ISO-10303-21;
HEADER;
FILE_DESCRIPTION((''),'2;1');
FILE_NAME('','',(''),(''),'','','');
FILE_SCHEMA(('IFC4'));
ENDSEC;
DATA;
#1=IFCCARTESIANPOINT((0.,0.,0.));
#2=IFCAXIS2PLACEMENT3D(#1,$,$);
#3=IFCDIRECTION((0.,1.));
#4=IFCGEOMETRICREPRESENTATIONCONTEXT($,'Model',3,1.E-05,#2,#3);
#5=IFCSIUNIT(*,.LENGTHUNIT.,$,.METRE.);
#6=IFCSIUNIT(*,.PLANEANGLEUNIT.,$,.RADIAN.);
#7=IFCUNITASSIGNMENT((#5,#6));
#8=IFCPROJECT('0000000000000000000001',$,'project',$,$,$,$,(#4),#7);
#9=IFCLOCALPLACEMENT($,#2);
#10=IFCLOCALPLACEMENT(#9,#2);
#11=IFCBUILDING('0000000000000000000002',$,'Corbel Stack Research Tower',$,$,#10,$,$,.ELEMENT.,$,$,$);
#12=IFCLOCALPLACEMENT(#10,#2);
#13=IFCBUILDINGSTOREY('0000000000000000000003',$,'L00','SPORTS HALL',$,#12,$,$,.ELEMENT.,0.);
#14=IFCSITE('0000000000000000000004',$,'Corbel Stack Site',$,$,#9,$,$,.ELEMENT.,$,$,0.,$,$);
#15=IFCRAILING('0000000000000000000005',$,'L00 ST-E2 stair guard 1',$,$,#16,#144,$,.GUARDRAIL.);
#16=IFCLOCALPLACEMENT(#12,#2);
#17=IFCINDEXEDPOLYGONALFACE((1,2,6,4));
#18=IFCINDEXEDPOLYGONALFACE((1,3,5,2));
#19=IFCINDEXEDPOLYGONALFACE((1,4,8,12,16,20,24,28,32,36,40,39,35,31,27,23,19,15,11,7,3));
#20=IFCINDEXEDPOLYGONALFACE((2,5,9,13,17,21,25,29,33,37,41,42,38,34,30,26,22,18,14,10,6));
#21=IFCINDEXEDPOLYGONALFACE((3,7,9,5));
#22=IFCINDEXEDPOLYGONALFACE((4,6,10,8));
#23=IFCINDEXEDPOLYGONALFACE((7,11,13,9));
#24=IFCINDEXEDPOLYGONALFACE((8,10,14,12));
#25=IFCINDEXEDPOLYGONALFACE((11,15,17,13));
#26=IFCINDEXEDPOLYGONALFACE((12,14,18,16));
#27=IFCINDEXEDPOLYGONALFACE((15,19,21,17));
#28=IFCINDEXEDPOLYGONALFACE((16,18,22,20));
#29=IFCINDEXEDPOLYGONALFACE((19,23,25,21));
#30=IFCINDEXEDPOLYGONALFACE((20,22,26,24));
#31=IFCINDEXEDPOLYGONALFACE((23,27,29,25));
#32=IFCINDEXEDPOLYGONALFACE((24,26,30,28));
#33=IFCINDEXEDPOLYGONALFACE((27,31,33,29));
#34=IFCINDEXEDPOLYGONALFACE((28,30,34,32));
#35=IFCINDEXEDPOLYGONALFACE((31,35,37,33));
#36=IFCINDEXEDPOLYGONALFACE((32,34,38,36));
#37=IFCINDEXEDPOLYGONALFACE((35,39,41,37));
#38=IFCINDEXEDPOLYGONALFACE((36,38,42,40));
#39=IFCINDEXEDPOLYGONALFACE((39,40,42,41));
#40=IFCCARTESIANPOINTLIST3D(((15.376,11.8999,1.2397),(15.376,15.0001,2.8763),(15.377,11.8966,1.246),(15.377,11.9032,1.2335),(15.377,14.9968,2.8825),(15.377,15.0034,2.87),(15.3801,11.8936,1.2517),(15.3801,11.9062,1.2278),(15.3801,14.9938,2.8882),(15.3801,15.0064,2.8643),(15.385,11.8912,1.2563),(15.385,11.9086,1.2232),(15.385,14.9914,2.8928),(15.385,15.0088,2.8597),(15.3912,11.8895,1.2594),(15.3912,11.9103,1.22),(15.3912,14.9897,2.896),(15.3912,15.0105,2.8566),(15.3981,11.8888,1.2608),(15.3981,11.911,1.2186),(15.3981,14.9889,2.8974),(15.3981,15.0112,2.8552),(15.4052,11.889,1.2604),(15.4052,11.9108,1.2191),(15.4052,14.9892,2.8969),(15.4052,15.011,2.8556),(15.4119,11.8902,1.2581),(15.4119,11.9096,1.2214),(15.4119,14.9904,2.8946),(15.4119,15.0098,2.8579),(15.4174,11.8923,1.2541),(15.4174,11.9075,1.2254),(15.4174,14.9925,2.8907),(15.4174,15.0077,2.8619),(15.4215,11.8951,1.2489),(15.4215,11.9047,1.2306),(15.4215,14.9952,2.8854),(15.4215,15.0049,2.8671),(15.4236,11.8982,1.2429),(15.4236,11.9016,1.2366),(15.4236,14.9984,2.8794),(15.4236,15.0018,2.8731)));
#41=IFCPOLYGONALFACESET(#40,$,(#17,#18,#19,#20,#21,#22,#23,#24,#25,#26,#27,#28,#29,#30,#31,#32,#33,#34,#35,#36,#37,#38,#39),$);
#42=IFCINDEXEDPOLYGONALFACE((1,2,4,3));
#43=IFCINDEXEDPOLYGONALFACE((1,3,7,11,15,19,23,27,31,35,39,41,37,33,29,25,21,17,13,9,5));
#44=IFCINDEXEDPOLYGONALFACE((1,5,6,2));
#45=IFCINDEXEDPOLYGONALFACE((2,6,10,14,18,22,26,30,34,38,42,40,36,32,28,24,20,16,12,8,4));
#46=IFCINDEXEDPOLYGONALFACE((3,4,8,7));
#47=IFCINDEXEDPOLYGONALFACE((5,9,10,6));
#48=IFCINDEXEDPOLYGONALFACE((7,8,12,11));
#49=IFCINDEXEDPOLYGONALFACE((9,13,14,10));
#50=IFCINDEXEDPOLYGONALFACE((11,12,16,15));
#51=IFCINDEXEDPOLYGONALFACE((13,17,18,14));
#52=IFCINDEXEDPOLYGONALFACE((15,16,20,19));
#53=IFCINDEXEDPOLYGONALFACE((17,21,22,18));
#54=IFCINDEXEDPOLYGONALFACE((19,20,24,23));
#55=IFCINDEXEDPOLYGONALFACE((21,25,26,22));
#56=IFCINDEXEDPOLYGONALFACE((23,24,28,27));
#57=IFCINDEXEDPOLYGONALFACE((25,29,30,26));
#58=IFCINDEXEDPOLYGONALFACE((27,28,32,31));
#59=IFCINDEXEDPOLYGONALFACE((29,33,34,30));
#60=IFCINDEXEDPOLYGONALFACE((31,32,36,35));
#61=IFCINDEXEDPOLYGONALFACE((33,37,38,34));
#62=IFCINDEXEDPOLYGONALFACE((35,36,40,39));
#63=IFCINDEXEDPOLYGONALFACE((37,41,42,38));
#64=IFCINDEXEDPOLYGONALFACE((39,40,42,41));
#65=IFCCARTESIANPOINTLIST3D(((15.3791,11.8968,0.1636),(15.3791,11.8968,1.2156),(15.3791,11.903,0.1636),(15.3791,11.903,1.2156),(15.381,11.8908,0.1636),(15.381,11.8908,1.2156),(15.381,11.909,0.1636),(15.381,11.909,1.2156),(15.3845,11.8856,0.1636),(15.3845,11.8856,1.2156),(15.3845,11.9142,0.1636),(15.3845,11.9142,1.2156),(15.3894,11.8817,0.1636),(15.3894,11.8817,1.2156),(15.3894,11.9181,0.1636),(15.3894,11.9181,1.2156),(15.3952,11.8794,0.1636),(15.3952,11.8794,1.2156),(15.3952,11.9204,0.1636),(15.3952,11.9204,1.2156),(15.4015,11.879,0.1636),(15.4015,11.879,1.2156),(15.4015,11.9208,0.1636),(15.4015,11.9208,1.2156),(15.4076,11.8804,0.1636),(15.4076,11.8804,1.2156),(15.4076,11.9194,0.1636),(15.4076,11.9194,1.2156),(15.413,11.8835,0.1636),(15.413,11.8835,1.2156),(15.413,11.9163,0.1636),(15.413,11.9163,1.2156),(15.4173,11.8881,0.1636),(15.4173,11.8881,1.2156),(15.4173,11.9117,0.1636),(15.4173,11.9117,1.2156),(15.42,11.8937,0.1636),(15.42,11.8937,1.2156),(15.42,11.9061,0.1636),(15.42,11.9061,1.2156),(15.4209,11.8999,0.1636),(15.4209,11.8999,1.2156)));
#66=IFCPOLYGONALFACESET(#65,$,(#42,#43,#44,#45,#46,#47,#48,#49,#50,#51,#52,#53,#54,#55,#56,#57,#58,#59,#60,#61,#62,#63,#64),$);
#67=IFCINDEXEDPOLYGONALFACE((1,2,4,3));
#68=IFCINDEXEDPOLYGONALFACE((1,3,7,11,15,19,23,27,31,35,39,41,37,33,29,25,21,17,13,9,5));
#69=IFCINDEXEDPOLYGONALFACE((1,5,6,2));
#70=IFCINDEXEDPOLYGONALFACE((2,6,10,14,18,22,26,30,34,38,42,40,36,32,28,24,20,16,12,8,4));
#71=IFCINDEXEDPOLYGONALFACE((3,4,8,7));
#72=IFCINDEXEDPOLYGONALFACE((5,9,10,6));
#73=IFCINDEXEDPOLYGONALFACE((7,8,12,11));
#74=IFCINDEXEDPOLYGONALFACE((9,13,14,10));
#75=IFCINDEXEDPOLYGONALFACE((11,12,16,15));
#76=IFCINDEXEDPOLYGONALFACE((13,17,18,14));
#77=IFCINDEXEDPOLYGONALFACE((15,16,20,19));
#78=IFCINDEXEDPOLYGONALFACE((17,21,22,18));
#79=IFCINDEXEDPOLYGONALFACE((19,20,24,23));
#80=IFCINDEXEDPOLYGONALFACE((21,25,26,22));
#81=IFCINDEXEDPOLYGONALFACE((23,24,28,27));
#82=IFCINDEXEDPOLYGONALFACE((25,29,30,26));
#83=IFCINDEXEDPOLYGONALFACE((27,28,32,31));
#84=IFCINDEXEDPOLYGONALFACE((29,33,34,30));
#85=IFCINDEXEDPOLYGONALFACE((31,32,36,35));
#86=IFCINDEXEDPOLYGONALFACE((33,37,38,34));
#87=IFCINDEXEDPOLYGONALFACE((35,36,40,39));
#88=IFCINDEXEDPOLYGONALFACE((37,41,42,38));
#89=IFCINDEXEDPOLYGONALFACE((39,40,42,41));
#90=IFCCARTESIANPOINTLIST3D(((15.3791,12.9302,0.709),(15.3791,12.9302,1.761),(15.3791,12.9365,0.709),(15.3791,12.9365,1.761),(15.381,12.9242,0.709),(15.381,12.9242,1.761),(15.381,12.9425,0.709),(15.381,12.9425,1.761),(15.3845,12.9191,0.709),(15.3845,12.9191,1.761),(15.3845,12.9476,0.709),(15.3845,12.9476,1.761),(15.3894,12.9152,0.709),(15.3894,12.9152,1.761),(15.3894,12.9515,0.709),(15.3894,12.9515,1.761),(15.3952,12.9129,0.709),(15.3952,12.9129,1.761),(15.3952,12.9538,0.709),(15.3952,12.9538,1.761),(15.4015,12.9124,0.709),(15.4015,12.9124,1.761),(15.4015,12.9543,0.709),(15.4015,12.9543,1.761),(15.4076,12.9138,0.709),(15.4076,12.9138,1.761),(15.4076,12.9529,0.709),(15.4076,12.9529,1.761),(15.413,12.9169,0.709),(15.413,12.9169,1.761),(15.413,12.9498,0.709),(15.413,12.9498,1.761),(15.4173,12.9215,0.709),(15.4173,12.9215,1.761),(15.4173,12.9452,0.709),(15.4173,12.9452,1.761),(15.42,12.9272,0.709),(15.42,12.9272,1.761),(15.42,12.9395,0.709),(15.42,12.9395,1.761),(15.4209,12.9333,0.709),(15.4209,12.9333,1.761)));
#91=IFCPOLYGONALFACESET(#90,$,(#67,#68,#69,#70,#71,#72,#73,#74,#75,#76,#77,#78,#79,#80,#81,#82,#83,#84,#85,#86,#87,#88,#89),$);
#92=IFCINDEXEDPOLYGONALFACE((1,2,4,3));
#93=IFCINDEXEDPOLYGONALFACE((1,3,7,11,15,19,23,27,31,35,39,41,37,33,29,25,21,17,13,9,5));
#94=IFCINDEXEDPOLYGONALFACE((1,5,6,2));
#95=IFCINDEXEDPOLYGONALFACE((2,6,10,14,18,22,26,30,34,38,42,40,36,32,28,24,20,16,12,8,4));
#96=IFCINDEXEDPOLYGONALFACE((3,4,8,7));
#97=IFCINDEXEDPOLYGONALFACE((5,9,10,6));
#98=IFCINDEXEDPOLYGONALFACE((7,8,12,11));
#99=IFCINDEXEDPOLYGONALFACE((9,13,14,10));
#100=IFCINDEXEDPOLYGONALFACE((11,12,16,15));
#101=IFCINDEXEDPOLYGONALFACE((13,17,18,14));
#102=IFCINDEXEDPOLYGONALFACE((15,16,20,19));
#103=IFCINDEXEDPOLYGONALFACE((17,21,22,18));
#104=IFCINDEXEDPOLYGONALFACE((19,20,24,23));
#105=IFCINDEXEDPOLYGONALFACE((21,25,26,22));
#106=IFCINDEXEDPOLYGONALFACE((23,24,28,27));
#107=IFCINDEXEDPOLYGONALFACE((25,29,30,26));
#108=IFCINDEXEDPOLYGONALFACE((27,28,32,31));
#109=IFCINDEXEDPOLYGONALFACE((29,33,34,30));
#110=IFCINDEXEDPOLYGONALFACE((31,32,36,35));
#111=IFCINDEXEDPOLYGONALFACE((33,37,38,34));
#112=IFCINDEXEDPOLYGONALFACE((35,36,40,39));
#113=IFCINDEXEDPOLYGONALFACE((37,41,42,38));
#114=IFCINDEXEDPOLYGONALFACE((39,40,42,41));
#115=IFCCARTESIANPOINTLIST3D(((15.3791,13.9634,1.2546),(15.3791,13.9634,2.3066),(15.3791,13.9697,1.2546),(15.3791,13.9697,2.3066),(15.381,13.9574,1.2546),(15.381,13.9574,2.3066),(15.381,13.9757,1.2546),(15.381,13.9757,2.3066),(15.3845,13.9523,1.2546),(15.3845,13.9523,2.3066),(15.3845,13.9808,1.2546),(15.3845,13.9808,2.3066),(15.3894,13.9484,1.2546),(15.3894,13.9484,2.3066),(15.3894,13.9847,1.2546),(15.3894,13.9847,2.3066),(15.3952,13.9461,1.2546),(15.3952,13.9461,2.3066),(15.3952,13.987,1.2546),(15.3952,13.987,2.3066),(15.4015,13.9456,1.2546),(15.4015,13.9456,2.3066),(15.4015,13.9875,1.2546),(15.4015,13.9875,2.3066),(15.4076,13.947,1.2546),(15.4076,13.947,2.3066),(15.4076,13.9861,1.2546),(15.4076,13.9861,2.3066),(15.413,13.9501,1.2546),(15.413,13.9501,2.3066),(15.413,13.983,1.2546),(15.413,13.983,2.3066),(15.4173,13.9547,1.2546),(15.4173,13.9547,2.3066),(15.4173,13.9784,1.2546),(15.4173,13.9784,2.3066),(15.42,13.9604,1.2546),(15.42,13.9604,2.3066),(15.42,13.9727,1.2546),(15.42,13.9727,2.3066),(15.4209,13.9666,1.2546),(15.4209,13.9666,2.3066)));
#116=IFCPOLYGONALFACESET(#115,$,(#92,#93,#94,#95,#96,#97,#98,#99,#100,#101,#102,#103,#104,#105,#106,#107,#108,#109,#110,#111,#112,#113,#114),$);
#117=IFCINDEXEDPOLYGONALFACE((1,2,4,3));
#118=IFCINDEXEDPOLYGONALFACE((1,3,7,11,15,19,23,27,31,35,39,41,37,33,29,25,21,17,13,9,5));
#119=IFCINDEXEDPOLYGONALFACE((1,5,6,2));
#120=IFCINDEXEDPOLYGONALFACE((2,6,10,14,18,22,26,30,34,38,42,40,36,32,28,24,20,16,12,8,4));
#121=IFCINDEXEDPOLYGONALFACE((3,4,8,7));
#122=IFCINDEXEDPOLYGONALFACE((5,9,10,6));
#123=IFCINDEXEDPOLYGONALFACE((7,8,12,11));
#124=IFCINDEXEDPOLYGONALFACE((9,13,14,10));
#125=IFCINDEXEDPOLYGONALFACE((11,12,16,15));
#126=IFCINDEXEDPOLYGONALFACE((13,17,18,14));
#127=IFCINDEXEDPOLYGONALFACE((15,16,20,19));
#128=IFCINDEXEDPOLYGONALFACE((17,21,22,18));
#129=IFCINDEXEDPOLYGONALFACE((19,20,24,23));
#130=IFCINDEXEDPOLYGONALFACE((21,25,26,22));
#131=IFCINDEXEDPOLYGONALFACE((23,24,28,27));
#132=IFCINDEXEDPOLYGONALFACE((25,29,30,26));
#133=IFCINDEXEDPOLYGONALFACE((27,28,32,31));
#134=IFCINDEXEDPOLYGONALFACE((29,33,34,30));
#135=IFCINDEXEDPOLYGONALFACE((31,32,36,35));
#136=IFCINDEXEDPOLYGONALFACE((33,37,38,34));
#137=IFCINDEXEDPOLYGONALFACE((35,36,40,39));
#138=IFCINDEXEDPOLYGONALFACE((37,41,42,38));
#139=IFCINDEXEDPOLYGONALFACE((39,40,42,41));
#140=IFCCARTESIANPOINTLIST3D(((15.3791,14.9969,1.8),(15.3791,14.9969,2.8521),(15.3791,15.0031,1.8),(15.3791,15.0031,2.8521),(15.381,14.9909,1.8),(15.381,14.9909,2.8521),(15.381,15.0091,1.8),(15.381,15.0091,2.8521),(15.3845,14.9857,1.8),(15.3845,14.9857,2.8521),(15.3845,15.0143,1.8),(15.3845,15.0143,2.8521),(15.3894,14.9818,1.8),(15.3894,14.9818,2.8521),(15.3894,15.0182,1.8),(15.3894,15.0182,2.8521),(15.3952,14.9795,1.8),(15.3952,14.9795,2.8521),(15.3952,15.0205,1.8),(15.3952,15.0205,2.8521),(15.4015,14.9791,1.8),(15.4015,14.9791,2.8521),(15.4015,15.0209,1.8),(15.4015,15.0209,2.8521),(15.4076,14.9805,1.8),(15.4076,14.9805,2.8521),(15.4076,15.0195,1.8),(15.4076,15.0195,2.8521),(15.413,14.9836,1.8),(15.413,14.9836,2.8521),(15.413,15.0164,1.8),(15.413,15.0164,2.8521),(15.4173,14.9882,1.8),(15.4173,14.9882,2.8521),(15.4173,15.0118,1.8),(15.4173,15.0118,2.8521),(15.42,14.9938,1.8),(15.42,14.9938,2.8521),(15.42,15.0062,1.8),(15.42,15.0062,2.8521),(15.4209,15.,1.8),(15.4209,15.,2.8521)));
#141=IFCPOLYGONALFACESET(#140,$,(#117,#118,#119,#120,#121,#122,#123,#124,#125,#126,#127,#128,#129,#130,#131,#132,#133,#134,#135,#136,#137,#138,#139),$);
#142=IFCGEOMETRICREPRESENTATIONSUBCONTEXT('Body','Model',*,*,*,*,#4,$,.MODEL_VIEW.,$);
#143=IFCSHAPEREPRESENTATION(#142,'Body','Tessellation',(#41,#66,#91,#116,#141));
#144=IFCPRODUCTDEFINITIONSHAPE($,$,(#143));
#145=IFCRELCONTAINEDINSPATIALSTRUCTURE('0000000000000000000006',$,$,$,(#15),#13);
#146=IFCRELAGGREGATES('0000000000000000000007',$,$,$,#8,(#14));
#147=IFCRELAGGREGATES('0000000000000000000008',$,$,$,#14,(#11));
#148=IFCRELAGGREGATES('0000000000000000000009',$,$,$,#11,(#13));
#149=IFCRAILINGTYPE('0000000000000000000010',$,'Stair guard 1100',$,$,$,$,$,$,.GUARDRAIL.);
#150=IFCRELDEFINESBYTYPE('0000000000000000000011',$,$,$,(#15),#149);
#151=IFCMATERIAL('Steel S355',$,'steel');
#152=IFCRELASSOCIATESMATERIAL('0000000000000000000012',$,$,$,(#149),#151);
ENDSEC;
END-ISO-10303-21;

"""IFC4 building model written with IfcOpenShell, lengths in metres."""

from ifc_helpers import new_model, si_unit, direction, frame, origin, origin_2d, place, context, subcontext, project, spatial, circle, extrude, material, type_object, element, save


model = new_model("IFC4")

# Units and contexts
model_context = context("Model", 3, precision=1e-05, world=origin(), true_north=direction((0.0, 1.0)))
body_context = subcontext(model_context, "Body", "Model", "MODEL_VIEW")
ifc_project = project(units=[si_unit("LENGTHUNIT", "METRE"), si_unit("PLANEANGLEUNIT", "RADIAN")], contexts=[model_context])

# Site, building, storey
site_placement = place(None, origin())
site = spatial("IfcSite", under=ifc_project, at=site_placement, Name="Corbel Stack Site", CompositionType="ELEMENT", RefElevation=0.0)
building_placement = place(site_placement, origin())
building = spatial("IfcBuilding", under=site, at=building_placement, Name="Corbel Stack Research Tower", CompositionType="ELEMENT")
storey_placement = place(building_placement, origin())
storey = spatial("IfcBuildingStorey", under=building, at=storey_placement, Name="L00", Description="SPORTS HALL", CompositionType="ELEMENT", Elevation=0.0)

# Railing
ifc_material_1 = material(Name="Steel S355", Category="steel")
railing_type_1 = type_object("IfcRailingType", Name="Stair guard 1100", PredefinedType="GUARDRAIL", material=ifc_material_1)
railing_1_placement = place(storey_placement, frame((15.3999, 11.8999, 0.1636)))
element("IfcRailing", 1, at=railing_1_placement, inside=storey, type_object=railing_type_1, Name="L00 ST-E2 stair guard 1", PredefinedType="GUARDRAIL", context=body_context, shape_type="SweptSolid", body=[
    extrude(circle(Radius=0.0239, at=origin_2d()), frame((0.0, 0.0, 1.0762), z_axis=(0.0, 0.884348, 0.466828), x_axis=(-1.0, 0.0, 0.0)), (0.0, 0.0, 1.0), 3.5056),
    extrude(circle(Radius=0.021, at=origin_2d()), origin(), (0.0, 0.0, 1.0), 1.052),
    extrude(circle(Radius=0.021, at=origin_2d()), frame((0.0, 1.0334, 0.5454)), (0.0, 0.0, 1.0), 1.052),
    extrude(circle(Radius=0.021, at=origin_2d()), frame((0.0, 2.0667, 1.0911)), (0.0, 0.0, 1.0), 1.052),
    extrude(circle(Radius=0.021, at=origin_2d()), frame((0.0, 3.1001, 1.6365)), (0.0, 0.0, 1.0), 1.052),
])

save(model, "model.ifc")
